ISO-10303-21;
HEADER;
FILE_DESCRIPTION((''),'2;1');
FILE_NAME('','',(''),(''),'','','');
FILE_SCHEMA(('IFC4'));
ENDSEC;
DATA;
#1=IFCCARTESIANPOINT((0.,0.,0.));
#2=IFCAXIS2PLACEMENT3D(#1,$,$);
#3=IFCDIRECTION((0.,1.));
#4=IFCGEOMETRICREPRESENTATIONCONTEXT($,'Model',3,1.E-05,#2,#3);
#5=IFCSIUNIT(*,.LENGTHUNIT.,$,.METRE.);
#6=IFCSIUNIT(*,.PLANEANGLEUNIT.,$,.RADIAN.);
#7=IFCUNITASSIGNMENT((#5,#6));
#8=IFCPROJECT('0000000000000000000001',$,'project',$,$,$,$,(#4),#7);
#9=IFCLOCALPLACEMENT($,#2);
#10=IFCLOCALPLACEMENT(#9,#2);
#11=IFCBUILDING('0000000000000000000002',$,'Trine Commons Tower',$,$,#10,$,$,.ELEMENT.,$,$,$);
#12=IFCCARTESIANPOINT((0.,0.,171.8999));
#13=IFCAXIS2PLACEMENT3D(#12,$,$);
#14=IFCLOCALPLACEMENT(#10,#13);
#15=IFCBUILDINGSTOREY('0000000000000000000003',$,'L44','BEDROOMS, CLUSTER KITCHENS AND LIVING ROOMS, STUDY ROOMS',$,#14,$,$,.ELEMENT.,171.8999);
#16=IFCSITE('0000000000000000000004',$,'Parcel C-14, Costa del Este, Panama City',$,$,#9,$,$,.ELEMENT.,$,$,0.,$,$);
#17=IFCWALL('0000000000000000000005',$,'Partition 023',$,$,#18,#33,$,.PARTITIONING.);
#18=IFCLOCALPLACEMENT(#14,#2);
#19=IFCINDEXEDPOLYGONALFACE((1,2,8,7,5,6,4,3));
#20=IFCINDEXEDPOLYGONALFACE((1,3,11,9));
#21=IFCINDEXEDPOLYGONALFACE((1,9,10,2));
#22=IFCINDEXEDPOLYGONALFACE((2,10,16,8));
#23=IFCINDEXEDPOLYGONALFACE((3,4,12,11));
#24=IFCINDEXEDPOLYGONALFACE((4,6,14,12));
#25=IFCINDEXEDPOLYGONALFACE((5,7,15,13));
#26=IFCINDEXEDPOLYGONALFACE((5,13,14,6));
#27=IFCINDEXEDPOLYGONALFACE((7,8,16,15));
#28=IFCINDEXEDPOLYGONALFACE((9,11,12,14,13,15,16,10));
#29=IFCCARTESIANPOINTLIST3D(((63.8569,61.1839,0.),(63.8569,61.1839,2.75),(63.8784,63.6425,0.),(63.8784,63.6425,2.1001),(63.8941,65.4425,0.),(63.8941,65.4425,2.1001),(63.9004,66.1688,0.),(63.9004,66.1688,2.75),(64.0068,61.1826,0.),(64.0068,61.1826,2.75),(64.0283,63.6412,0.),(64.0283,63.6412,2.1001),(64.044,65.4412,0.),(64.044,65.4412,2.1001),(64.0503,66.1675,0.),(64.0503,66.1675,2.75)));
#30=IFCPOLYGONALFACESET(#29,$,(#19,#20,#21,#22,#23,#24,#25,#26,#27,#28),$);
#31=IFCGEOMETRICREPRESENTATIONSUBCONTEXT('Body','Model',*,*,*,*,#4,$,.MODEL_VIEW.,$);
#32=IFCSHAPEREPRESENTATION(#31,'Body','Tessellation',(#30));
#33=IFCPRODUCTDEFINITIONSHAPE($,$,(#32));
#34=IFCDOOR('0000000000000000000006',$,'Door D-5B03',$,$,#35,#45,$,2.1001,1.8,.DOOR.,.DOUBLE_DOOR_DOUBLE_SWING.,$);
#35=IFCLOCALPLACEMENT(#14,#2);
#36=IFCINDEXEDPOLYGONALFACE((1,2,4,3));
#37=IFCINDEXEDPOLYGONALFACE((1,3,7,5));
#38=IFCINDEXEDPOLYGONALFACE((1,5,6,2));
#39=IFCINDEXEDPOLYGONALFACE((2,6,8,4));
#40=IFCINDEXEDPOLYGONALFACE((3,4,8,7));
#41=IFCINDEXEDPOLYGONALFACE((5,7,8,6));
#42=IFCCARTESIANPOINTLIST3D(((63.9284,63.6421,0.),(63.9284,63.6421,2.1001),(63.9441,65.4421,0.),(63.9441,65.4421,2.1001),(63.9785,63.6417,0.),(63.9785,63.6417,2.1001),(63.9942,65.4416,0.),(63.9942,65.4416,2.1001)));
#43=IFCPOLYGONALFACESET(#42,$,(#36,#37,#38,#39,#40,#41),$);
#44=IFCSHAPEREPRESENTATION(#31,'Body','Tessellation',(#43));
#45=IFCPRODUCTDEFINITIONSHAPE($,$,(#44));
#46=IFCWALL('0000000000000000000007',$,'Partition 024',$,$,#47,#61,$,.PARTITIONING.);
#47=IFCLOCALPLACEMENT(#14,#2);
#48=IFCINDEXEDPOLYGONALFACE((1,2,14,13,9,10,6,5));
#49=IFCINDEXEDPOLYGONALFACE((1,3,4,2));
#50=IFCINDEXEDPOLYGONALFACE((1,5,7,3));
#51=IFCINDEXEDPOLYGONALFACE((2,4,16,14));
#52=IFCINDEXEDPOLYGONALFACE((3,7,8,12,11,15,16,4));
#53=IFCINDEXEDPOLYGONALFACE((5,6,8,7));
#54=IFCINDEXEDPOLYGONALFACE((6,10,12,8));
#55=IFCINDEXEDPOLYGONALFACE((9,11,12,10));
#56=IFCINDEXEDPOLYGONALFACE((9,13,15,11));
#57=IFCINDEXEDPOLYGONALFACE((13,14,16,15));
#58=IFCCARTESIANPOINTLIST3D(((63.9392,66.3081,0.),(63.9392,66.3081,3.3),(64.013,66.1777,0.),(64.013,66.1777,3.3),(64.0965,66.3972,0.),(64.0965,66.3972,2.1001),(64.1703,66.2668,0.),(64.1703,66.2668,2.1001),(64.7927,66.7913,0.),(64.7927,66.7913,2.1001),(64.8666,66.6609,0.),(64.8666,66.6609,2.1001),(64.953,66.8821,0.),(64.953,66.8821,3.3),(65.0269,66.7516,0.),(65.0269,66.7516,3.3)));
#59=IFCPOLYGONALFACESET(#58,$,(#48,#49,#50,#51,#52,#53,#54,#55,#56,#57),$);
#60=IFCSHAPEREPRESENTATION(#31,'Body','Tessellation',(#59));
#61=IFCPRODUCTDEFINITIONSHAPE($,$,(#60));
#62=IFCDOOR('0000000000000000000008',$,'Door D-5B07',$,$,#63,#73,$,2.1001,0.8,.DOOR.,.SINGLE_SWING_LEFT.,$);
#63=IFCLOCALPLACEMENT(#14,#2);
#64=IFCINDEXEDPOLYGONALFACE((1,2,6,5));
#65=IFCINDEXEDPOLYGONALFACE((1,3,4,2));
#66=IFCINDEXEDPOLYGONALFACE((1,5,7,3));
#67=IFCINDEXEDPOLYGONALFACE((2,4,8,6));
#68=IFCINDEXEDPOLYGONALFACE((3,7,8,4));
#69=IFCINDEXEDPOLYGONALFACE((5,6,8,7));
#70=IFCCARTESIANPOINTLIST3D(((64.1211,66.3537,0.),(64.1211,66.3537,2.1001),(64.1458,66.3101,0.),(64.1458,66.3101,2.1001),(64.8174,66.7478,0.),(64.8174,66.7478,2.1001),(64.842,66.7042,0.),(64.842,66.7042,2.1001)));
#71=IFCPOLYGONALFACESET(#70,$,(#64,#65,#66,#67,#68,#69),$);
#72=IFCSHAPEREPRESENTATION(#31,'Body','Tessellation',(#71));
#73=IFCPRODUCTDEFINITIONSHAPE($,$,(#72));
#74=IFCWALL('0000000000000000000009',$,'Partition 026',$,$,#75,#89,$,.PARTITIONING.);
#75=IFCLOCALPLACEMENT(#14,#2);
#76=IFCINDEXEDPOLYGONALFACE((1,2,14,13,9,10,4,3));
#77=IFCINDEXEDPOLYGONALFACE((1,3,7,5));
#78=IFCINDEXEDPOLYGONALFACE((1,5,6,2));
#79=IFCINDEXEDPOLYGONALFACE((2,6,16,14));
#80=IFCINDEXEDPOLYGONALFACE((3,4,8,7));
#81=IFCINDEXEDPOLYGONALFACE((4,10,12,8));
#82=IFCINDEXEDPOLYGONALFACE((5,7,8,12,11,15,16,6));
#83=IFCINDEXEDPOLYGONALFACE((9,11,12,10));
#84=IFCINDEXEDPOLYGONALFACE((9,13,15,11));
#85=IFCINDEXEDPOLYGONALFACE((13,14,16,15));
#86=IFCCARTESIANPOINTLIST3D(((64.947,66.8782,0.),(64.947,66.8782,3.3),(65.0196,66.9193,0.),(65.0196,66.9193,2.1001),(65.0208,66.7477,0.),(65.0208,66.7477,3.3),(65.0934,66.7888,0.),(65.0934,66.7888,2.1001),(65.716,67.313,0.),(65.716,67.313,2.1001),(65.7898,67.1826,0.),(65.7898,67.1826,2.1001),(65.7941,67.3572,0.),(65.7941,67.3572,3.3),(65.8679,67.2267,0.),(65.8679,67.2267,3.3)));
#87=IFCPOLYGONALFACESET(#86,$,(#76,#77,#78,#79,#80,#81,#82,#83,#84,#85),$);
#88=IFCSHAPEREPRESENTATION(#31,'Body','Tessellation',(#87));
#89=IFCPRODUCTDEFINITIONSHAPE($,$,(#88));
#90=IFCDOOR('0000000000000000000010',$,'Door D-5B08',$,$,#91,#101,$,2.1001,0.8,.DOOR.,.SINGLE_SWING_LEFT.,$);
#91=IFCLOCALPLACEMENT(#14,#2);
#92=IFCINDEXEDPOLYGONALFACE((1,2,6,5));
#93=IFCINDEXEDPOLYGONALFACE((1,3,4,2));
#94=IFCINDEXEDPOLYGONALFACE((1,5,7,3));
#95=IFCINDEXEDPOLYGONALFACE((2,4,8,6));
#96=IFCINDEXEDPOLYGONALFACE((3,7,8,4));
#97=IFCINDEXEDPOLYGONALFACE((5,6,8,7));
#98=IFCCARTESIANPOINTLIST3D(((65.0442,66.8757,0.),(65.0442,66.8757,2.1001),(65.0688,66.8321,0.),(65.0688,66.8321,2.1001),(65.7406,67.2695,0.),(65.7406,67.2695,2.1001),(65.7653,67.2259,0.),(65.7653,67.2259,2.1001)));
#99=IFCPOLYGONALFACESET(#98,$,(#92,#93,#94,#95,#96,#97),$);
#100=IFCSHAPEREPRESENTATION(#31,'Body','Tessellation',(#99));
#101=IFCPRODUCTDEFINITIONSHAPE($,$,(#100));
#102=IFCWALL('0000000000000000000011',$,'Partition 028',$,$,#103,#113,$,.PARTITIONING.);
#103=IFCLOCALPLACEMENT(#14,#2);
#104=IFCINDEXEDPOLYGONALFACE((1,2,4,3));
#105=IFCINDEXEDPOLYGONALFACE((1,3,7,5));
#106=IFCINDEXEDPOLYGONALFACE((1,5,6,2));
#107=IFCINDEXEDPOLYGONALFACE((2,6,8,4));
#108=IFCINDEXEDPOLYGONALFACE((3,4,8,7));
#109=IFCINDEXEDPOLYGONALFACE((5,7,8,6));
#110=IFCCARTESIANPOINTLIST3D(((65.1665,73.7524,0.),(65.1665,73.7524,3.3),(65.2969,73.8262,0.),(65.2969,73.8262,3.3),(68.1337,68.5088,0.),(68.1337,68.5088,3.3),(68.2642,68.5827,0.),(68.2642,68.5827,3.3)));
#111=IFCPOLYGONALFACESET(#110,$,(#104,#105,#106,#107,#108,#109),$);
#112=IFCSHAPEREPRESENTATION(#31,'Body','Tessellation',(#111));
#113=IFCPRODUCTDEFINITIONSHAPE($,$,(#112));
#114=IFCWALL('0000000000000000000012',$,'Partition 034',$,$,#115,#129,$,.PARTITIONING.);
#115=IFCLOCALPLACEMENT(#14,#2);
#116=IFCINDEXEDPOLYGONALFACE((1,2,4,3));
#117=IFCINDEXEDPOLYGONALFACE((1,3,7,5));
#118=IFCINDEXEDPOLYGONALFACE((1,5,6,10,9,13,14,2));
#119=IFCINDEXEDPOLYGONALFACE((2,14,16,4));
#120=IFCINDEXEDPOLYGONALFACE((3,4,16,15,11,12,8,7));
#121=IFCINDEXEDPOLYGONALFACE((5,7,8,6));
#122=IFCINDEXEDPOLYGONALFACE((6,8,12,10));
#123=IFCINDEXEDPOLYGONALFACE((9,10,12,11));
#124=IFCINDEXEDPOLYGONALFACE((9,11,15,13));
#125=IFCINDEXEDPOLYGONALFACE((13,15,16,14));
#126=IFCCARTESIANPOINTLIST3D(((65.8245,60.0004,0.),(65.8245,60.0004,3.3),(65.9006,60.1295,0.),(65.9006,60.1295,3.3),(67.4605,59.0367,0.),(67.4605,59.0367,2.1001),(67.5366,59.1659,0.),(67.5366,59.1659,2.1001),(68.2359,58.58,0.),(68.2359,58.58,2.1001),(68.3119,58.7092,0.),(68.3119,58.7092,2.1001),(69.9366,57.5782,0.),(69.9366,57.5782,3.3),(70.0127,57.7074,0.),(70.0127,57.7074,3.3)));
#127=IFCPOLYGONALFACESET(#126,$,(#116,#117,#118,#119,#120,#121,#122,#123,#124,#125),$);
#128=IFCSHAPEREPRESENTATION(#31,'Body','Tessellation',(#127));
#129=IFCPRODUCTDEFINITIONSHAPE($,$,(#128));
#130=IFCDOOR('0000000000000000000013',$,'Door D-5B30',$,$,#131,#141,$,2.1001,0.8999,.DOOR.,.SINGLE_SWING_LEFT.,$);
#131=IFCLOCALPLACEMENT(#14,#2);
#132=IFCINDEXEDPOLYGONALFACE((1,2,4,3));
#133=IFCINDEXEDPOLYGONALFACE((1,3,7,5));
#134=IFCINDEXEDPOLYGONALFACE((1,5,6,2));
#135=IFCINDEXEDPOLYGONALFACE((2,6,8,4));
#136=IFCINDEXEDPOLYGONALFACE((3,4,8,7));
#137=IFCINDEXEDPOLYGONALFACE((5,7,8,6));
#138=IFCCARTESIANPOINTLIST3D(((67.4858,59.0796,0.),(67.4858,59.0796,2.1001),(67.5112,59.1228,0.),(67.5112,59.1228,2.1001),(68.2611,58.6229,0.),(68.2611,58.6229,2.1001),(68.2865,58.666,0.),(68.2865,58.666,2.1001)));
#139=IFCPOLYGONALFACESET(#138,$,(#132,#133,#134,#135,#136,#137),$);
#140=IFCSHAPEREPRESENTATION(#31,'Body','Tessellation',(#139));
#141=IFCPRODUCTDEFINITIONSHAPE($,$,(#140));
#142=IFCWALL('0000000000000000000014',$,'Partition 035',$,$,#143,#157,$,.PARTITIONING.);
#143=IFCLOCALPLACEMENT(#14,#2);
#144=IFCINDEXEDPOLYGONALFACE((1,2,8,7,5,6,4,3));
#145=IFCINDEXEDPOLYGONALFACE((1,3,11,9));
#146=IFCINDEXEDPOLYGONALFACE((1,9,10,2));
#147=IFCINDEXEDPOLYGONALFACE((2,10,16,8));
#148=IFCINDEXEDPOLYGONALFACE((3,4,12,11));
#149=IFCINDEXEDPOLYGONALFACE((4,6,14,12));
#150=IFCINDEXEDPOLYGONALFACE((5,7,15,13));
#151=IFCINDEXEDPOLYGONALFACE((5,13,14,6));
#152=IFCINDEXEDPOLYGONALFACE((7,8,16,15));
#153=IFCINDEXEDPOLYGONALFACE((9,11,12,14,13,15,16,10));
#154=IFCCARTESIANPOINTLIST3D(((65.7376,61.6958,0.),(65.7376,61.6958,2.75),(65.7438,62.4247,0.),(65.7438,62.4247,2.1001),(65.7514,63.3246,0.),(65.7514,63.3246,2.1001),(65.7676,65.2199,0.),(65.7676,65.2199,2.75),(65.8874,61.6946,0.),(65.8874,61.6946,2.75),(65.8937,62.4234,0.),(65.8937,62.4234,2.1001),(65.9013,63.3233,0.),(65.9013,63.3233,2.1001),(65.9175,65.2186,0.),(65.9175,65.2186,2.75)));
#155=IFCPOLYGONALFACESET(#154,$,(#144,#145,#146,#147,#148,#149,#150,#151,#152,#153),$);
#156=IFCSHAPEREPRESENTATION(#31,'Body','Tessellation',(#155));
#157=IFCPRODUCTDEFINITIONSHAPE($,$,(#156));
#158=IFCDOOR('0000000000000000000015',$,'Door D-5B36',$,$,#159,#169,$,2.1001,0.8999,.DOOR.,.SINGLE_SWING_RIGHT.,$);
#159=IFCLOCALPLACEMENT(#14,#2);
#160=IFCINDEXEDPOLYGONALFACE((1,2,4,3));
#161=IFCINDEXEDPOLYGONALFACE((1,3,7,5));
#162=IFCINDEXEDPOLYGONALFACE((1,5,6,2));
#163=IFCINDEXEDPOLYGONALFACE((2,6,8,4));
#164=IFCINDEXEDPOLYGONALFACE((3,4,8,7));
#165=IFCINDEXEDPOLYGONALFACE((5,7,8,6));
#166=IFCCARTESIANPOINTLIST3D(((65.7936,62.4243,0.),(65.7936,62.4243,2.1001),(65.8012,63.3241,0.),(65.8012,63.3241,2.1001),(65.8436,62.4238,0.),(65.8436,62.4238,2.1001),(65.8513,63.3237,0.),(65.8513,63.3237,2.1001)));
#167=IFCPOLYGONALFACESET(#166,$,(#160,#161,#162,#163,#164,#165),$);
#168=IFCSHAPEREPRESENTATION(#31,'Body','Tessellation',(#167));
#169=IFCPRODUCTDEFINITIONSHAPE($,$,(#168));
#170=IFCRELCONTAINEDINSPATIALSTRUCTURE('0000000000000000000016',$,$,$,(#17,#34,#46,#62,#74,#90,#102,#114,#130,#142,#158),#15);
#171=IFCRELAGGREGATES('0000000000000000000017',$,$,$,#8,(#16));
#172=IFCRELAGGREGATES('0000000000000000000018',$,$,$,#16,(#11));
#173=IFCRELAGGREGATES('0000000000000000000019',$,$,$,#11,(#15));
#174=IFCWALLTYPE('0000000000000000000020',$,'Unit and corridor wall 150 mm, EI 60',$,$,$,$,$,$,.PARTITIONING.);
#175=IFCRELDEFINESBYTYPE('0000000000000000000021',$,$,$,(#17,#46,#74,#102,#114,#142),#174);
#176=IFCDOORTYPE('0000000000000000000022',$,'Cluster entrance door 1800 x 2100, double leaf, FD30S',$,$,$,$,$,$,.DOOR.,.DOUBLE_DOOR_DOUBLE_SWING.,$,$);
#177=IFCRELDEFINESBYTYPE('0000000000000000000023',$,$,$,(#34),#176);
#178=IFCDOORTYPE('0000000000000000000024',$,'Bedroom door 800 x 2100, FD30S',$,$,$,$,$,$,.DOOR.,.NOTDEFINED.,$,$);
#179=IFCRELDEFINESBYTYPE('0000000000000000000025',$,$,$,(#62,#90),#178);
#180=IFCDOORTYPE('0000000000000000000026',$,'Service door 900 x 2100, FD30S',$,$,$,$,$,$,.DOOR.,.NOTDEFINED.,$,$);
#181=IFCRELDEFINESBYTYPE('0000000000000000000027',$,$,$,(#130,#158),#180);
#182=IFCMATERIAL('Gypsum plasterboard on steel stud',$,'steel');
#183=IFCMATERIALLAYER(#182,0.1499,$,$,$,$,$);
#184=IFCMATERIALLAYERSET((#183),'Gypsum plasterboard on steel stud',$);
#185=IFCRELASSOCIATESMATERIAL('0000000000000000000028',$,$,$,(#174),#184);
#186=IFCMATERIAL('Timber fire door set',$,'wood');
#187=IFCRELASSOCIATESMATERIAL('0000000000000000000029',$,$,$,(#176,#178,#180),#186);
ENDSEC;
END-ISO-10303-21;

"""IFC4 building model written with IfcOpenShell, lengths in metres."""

from ifc_helpers import new_model, si_unit, direction, frame, frame_2d, origin, place, context, subcontext, project, spatial, rectangle, extrude, material, layer, layer_set, type_object, element, fill, save


model = new_model("IFC4")

# Units and contexts
model_context = context("Model", 3, precision=1e-05, world=origin(), true_north=direction((0.0, 1.0)))
body_context = subcontext(model_context, "Body", "Model", "MODEL_VIEW")
ifc_project = project(units=[si_unit("LENGTHUNIT", "METRE"), si_unit("PLANEANGLEUNIT", "RADIAN")], contexts=[model_context])

# Site, building, storey
site_placement = place(None, origin())
site = spatial("IfcSite", under=ifc_project, at=site_placement, Name="Parcel C-14, Costa del Este, Panama City", CompositionType="ELEMENT", RefElevation=0.0)
building_placement = place(site_placement, origin())
building = spatial("IfcBuilding", under=site, at=building_placement, Name="Trine Commons Tower", CompositionType="ELEMENT")
storey_placement = place(building_placement, frame((0.0, 0.0, 171.8999)))
storey = spatial("IfcBuildingStorey", under=building, at=storey_placement, Name="L44", Description="BEDROOMS, CLUSTER KITCHENS AND LIVING ROOMS, STUDY ROOMS", CompositionType="ELEMENT", Elevation=171.8999)

# Shared definitions
ifc_material_1 = material(Name="Gypsum plasterboard on steel stud", Category="steel")
ifc_layer_1 = layer(ifc_material_1, 0.1499)
ifc_layer_set_1 = layer_set([ifc_layer_1], Name="Gypsum plasterboard on steel stud")
wall_type_1 = type_object("IfcWallType", Name="Unit and corridor wall 150 mm, EI 60", PredefinedType="PARTITIONING", material=ifc_layer_set_1)

# Walls, openings, doors
wall_1_placement = place(storey_placement, frame((63.9319, 61.1831, 0.0), z_axis=(0.0, 0.0, 1.0), x_axis=(0.008717, 0.999962, 0.0)))
wall_1 = element("IfcWall", 1, at=wall_1_placement, inside=storey, type_object=wall_type_1, Name="Partition 023", PredefinedType="PARTITIONING", context=body_context, shape_type="SweptSolid", body=[
    extrude(rectangle(XDim=4.9851, YDim=0.1499, at=frame_2d((2.4927, 0.0))), origin(), (0.0, 0.0, 1.0), 2.75),
])
opening_1_placement = place(wall_1_placement, frame((2.459, 0.0, 0.0)))
opening_1 = element("IfcOpeningElement", 2, at=opening_1_placement, cuts=wall_1, PredefinedType="OPENING", context=body_context, shape_type="SweptSolid", body=[
    extrude(rectangle(XDim=1.8, YDim=2.1001, at=frame_2d((0.8999, 1.05))), frame((0.0, 0.085, 0.0), z_axis=(0.0, -1.0, 0.0), x_axis=(1.0, 0.0, 0.0)), (0.0, 0.0, 1.0), 0.1699),
])
ifc_material_2 = material(Name="Timber fire door set", Category="wood")
door_type_1 = type_object("IfcDoorType", Name="Cluster entrance door 1800 x 2100, double leaf, FD30S", OperationType="DOUBLE_DOOR_DOUBLE_SWING", PredefinedType="DOOR", material=ifc_material_2)
door_1_placement = place(opening_1_placement, origin())
door_1 = element("IfcDoor", 3, at=door_1_placement, inside=storey, type_object=door_type_1, Name="Door D-5B03", OperationType="DOUBLE_DOOR_DOUBLE_SWING", OverallHeight=2.1001, OverallWidth=1.8, PredefinedType="DOOR", context=body_context, shape_type="SweptSolid", body=[
    extrude(rectangle(XDim=1.8, YDim=2.1001, at=frame_2d((0.8999, 1.05))), frame((0.0, 0.0249, 0.0), z_axis=(0.0, -1.0, 0.0), x_axis=(1.0, 0.0, 0.0)), (0.0, 0.0, 1.0), 0.05),
])
fill(opening_1, door_1)
wall_2_placement = place(storey_placement, frame((63.9761, 66.2429, 0.0), z_axis=(0.0, 0.0, 1.0), x_axis=(0.870235, 0.492637, 0.0)))
wall_2 = element("IfcWall", 4, at=wall_2_placement, inside=storey, type_object=wall_type_1, Name="Partition 024", PredefinedType="PARTITIONING", context=body_context, shape_type="SweptSolid", body=[
    extrude(rectangle(XDim=1.165, YDim=0.1499, at=frame_2d((0.5825, 0.0))), origin(), (0.0, 0.0, 1.0), 3.3),
])
opening_2_placement = place(wall_2_placement, frame((0.1809, 0.0, 0.0)))
opening_2 = element("IfcOpeningElement", 5, at=opening_2_placement, cuts=wall_2, PredefinedType="OPENING", context=body_context, shape_type="SweptSolid", body=[
    extrude(rectangle(XDim=0.8, YDim=2.1001, at=frame_2d((0.3999, 1.05))), frame((0.0, 0.085, 0.0), z_axis=(0.0, -1.0, 0.0), x_axis=(1.0, 0.0, 0.0)), (0.0, 0.0, 1.0), 0.1699),
])
door_type_2 = type_object("IfcDoorType", Name="Bedroom door 800 x 2100, FD30S", OperationType="NOTDEFINED", PredefinedType="DOOR", material=ifc_material_2)
door_2_placement = place(opening_2_placement, origin())
door_2 = element("IfcDoor", 6, at=door_2_placement, inside=storey, type_object=door_type_2, Name="Door D-5B07", OperationType="SINGLE_SWING_LEFT", OverallHeight=2.1001, OverallWidth=0.8, PredefinedType="DOOR", context=body_context, shape_type="SweptSolid", body=[
    extrude(rectangle(XDim=0.8, YDim=2.1001, at=frame_2d((0.3999, 1.05))), frame((0.0, 0.0249, 0.0), z_axis=(0.0, -1.0, 0.0), x_axis=(1.0, 0.0, 0.0)), (0.0, 0.0, 1.0), 0.05),
])
fill(opening_2, door_2)
wall_3_placement = place(storey_placement, frame((64.9839, 66.813, 0.0), z_axis=(0.0, 0.0, 1.0), x_axis=(0.870488, 0.49219, 0.0)))
wall_3 = element("IfcWall", 7, at=wall_3_placement, inside=storey, type_object=wall_type_1, Name="Partition 026", PredefinedType="PARTITIONING", context=body_context, shape_type="SweptSolid", body=[
    extrude(rectangle(XDim=0.9731, YDim=0.1499, at=frame_2d((0.4866, 0.0))), origin(), (0.0, 0.0, 1.0), 3.3),
])
opening_3_placement = place(wall_3_placement, frame((0.0835, 0.0, 0.0)))
opening_3 = element("IfcOpeningElement", 8, at=opening_3_placement, cuts=wall_3, PredefinedType="OPENING", context=body_context, shape_type="SweptSolid", body=[
    extrude(rectangle(XDim=0.8, YDim=2.1001, at=frame_2d((0.3999, 1.05))), frame((0.0, 0.085, 0.0), z_axis=(0.0, -1.0, 0.0), x_axis=(1.0, 0.0, 0.0)), (0.0, 0.0, 1.0), 0.1699),
])
door_3_placement = place(opening_3_placement, origin())
door_3 = element("IfcDoor", 9, at=door_3_placement, inside=storey, type_object=door_type_2, Name="Door D-5B08", OperationType="SINGLE_SWING_LEFT", OverallHeight=2.1001, OverallWidth=0.8, PredefinedType="DOOR", context=body_context, shape_type="SweptSolid", body=[
    extrude(rectangle(XDim=0.8, YDim=2.1001, at=frame_2d((0.3999, 1.05))), frame((0.0, 0.0249, 0.0), z_axis=(0.0, -1.0, 0.0), x_axis=(1.0, 0.0, 0.0)), (0.0, 0.0, 1.0), 0.05),
])
fill(opening_3, door_3)

# Wall
wall_4_placement = place(storey_placement, frame((65.2317, 73.7893, 0.0), z_axis=(0.0, 0.0, 1.0), x_axis=(0.492495, -0.870315, 0.0)))
element("IfcWall", 10, at=wall_4_placement, inside=storey, type_object=wall_type_1, Name="Partition 028", PredefinedType="PARTITIONING", context=body_context, shape_type="SweptSolid", body=[
    extrude(rectangle(XDim=6.0249, YDim=0.1499, at=frame_2d((3.0125, 0.0))), origin(), (0.0, 0.0, 1.0), 3.3),
])

# Walls, openings, doors
wall_5_placement = place(storey_placement, frame((65.8625, 60.0649, 0.0), z_axis=(0.0, 0.0, 1.0), x_axis=(0.861636, -0.507528, 0.0)))
wall_5 = element("IfcWall", 11, at=wall_5_placement, inside=storey, type_object=wall_type_1, Name="Partition 034", PredefinedType="PARTITIONING", context=body_context, shape_type="SweptSolid", body=[
    extrude(rectangle(XDim=4.7725, YDim=0.1499, at=frame_2d((2.3862, 0.0))), origin(), (0.0, 0.0, 1.0), 3.3),
])
opening_4_placement = place(wall_5_placement, frame((1.8987, 0.0, 0.0)))
opening_4 = element("IfcOpeningElement", 12, at=opening_4_placement, cuts=wall_5, PredefinedType="OPENING", context=body_context, shape_type="SweptSolid", body=[
    extrude(rectangle(XDim=0.8999, YDim=2.1001, at=frame_2d((0.45, 1.05))), frame((0.0, 0.085, 0.0), z_axis=(0.0, -1.0, 0.0), x_axis=(1.0, 0.0, 0.0)), (0.0, 0.0, 1.0), 0.1699),
])
door_type_3 = type_object("IfcDoorType", Name="Service door 900 x 2100, FD30S", OperationType="NOTDEFINED", PredefinedType="DOOR", material=ifc_material_2)
door_4_placement = place(opening_4_placement, origin())
door_4 = element("IfcDoor", 13, at=door_4_placement, inside=storey, type_object=door_type_3, Name="Door D-5B30", OperationType="SINGLE_SWING_LEFT", OverallHeight=2.1001, OverallWidth=0.8999, PredefinedType="DOOR", context=body_context, shape_type="SweptSolid", body=[
    extrude(rectangle(XDim=0.8999, YDim=2.1001, at=frame_2d((0.45, 1.05))), frame((0.0, 0.0249, 0.0), z_axis=(0.0, -1.0, 0.0), x_axis=(1.0, 0.0, 0.0)), (0.0, 0.0, 1.0), 0.05),
])
fill(opening_4, door_4)
wall_6_placement = place(storey_placement, frame((65.8125, 61.6951, 0.0), z_axis=(0.0, 0.0, 1.0), x_axis=(0.008521, 0.999964, 0.0)))
wall_6 = element("IfcWall", 14, at=wall_6_placement, inside=storey, type_object=wall_type_1, Name="Partition 035", PredefinedType="PARTITIONING", context=body_context, shape_type="SweptSolid", body=[
    extrude(rectangle(XDim=3.5242, YDim=0.1499, at=frame_2d((1.7622, 0.0))), origin(), (0.0, 0.0, 1.0), 2.75),
])
opening_5_placement = place(wall_6_placement, frame((0.729, 0.0, 0.0)))
opening_5 = element("IfcOpeningElement", 15, at=opening_5_placement, cuts=wall_6, PredefinedType="OPENING", context=body_context, shape_type="SweptSolid", body=[
    extrude(rectangle(XDim=0.8999, YDim=2.1001, at=frame_2d((0.45, 1.05))), frame((0.0, 0.085, 0.0), z_axis=(0.0, -1.0, 0.0), x_axis=(1.0, 0.0, 0.0)), (0.0, 0.0, 1.0), 0.1699),
])
door_5_placement = place(opening_5_placement, frame((0.8999, 0.0, 0.0), z_axis=(0.0, 0.0, 1.0), x_axis=(-1.0, 0.0, 0.0)))
door_5 = element("IfcDoor", 16, at=door_5_placement, inside=storey, type_object=door_type_3, Name="Door D-5B36", OperationType="SINGLE_SWING_RIGHT", OverallHeight=2.1001, OverallWidth=0.8999, PredefinedType="DOOR", context=body_context, shape_type="SweptSolid", body=[
    extrude(rectangle(XDim=0.8999, YDim=2.1001, at=frame_2d((0.45, 1.05))), frame((0.0, 0.0249, 0.0), z_axis=(0.0, -1.0, 0.0), x_axis=(1.0, 0.0, 0.0)), (0.0, 0.0, 1.0), 0.05),
])
fill(opening_5, door_5)

save(model, "model.ifc")
